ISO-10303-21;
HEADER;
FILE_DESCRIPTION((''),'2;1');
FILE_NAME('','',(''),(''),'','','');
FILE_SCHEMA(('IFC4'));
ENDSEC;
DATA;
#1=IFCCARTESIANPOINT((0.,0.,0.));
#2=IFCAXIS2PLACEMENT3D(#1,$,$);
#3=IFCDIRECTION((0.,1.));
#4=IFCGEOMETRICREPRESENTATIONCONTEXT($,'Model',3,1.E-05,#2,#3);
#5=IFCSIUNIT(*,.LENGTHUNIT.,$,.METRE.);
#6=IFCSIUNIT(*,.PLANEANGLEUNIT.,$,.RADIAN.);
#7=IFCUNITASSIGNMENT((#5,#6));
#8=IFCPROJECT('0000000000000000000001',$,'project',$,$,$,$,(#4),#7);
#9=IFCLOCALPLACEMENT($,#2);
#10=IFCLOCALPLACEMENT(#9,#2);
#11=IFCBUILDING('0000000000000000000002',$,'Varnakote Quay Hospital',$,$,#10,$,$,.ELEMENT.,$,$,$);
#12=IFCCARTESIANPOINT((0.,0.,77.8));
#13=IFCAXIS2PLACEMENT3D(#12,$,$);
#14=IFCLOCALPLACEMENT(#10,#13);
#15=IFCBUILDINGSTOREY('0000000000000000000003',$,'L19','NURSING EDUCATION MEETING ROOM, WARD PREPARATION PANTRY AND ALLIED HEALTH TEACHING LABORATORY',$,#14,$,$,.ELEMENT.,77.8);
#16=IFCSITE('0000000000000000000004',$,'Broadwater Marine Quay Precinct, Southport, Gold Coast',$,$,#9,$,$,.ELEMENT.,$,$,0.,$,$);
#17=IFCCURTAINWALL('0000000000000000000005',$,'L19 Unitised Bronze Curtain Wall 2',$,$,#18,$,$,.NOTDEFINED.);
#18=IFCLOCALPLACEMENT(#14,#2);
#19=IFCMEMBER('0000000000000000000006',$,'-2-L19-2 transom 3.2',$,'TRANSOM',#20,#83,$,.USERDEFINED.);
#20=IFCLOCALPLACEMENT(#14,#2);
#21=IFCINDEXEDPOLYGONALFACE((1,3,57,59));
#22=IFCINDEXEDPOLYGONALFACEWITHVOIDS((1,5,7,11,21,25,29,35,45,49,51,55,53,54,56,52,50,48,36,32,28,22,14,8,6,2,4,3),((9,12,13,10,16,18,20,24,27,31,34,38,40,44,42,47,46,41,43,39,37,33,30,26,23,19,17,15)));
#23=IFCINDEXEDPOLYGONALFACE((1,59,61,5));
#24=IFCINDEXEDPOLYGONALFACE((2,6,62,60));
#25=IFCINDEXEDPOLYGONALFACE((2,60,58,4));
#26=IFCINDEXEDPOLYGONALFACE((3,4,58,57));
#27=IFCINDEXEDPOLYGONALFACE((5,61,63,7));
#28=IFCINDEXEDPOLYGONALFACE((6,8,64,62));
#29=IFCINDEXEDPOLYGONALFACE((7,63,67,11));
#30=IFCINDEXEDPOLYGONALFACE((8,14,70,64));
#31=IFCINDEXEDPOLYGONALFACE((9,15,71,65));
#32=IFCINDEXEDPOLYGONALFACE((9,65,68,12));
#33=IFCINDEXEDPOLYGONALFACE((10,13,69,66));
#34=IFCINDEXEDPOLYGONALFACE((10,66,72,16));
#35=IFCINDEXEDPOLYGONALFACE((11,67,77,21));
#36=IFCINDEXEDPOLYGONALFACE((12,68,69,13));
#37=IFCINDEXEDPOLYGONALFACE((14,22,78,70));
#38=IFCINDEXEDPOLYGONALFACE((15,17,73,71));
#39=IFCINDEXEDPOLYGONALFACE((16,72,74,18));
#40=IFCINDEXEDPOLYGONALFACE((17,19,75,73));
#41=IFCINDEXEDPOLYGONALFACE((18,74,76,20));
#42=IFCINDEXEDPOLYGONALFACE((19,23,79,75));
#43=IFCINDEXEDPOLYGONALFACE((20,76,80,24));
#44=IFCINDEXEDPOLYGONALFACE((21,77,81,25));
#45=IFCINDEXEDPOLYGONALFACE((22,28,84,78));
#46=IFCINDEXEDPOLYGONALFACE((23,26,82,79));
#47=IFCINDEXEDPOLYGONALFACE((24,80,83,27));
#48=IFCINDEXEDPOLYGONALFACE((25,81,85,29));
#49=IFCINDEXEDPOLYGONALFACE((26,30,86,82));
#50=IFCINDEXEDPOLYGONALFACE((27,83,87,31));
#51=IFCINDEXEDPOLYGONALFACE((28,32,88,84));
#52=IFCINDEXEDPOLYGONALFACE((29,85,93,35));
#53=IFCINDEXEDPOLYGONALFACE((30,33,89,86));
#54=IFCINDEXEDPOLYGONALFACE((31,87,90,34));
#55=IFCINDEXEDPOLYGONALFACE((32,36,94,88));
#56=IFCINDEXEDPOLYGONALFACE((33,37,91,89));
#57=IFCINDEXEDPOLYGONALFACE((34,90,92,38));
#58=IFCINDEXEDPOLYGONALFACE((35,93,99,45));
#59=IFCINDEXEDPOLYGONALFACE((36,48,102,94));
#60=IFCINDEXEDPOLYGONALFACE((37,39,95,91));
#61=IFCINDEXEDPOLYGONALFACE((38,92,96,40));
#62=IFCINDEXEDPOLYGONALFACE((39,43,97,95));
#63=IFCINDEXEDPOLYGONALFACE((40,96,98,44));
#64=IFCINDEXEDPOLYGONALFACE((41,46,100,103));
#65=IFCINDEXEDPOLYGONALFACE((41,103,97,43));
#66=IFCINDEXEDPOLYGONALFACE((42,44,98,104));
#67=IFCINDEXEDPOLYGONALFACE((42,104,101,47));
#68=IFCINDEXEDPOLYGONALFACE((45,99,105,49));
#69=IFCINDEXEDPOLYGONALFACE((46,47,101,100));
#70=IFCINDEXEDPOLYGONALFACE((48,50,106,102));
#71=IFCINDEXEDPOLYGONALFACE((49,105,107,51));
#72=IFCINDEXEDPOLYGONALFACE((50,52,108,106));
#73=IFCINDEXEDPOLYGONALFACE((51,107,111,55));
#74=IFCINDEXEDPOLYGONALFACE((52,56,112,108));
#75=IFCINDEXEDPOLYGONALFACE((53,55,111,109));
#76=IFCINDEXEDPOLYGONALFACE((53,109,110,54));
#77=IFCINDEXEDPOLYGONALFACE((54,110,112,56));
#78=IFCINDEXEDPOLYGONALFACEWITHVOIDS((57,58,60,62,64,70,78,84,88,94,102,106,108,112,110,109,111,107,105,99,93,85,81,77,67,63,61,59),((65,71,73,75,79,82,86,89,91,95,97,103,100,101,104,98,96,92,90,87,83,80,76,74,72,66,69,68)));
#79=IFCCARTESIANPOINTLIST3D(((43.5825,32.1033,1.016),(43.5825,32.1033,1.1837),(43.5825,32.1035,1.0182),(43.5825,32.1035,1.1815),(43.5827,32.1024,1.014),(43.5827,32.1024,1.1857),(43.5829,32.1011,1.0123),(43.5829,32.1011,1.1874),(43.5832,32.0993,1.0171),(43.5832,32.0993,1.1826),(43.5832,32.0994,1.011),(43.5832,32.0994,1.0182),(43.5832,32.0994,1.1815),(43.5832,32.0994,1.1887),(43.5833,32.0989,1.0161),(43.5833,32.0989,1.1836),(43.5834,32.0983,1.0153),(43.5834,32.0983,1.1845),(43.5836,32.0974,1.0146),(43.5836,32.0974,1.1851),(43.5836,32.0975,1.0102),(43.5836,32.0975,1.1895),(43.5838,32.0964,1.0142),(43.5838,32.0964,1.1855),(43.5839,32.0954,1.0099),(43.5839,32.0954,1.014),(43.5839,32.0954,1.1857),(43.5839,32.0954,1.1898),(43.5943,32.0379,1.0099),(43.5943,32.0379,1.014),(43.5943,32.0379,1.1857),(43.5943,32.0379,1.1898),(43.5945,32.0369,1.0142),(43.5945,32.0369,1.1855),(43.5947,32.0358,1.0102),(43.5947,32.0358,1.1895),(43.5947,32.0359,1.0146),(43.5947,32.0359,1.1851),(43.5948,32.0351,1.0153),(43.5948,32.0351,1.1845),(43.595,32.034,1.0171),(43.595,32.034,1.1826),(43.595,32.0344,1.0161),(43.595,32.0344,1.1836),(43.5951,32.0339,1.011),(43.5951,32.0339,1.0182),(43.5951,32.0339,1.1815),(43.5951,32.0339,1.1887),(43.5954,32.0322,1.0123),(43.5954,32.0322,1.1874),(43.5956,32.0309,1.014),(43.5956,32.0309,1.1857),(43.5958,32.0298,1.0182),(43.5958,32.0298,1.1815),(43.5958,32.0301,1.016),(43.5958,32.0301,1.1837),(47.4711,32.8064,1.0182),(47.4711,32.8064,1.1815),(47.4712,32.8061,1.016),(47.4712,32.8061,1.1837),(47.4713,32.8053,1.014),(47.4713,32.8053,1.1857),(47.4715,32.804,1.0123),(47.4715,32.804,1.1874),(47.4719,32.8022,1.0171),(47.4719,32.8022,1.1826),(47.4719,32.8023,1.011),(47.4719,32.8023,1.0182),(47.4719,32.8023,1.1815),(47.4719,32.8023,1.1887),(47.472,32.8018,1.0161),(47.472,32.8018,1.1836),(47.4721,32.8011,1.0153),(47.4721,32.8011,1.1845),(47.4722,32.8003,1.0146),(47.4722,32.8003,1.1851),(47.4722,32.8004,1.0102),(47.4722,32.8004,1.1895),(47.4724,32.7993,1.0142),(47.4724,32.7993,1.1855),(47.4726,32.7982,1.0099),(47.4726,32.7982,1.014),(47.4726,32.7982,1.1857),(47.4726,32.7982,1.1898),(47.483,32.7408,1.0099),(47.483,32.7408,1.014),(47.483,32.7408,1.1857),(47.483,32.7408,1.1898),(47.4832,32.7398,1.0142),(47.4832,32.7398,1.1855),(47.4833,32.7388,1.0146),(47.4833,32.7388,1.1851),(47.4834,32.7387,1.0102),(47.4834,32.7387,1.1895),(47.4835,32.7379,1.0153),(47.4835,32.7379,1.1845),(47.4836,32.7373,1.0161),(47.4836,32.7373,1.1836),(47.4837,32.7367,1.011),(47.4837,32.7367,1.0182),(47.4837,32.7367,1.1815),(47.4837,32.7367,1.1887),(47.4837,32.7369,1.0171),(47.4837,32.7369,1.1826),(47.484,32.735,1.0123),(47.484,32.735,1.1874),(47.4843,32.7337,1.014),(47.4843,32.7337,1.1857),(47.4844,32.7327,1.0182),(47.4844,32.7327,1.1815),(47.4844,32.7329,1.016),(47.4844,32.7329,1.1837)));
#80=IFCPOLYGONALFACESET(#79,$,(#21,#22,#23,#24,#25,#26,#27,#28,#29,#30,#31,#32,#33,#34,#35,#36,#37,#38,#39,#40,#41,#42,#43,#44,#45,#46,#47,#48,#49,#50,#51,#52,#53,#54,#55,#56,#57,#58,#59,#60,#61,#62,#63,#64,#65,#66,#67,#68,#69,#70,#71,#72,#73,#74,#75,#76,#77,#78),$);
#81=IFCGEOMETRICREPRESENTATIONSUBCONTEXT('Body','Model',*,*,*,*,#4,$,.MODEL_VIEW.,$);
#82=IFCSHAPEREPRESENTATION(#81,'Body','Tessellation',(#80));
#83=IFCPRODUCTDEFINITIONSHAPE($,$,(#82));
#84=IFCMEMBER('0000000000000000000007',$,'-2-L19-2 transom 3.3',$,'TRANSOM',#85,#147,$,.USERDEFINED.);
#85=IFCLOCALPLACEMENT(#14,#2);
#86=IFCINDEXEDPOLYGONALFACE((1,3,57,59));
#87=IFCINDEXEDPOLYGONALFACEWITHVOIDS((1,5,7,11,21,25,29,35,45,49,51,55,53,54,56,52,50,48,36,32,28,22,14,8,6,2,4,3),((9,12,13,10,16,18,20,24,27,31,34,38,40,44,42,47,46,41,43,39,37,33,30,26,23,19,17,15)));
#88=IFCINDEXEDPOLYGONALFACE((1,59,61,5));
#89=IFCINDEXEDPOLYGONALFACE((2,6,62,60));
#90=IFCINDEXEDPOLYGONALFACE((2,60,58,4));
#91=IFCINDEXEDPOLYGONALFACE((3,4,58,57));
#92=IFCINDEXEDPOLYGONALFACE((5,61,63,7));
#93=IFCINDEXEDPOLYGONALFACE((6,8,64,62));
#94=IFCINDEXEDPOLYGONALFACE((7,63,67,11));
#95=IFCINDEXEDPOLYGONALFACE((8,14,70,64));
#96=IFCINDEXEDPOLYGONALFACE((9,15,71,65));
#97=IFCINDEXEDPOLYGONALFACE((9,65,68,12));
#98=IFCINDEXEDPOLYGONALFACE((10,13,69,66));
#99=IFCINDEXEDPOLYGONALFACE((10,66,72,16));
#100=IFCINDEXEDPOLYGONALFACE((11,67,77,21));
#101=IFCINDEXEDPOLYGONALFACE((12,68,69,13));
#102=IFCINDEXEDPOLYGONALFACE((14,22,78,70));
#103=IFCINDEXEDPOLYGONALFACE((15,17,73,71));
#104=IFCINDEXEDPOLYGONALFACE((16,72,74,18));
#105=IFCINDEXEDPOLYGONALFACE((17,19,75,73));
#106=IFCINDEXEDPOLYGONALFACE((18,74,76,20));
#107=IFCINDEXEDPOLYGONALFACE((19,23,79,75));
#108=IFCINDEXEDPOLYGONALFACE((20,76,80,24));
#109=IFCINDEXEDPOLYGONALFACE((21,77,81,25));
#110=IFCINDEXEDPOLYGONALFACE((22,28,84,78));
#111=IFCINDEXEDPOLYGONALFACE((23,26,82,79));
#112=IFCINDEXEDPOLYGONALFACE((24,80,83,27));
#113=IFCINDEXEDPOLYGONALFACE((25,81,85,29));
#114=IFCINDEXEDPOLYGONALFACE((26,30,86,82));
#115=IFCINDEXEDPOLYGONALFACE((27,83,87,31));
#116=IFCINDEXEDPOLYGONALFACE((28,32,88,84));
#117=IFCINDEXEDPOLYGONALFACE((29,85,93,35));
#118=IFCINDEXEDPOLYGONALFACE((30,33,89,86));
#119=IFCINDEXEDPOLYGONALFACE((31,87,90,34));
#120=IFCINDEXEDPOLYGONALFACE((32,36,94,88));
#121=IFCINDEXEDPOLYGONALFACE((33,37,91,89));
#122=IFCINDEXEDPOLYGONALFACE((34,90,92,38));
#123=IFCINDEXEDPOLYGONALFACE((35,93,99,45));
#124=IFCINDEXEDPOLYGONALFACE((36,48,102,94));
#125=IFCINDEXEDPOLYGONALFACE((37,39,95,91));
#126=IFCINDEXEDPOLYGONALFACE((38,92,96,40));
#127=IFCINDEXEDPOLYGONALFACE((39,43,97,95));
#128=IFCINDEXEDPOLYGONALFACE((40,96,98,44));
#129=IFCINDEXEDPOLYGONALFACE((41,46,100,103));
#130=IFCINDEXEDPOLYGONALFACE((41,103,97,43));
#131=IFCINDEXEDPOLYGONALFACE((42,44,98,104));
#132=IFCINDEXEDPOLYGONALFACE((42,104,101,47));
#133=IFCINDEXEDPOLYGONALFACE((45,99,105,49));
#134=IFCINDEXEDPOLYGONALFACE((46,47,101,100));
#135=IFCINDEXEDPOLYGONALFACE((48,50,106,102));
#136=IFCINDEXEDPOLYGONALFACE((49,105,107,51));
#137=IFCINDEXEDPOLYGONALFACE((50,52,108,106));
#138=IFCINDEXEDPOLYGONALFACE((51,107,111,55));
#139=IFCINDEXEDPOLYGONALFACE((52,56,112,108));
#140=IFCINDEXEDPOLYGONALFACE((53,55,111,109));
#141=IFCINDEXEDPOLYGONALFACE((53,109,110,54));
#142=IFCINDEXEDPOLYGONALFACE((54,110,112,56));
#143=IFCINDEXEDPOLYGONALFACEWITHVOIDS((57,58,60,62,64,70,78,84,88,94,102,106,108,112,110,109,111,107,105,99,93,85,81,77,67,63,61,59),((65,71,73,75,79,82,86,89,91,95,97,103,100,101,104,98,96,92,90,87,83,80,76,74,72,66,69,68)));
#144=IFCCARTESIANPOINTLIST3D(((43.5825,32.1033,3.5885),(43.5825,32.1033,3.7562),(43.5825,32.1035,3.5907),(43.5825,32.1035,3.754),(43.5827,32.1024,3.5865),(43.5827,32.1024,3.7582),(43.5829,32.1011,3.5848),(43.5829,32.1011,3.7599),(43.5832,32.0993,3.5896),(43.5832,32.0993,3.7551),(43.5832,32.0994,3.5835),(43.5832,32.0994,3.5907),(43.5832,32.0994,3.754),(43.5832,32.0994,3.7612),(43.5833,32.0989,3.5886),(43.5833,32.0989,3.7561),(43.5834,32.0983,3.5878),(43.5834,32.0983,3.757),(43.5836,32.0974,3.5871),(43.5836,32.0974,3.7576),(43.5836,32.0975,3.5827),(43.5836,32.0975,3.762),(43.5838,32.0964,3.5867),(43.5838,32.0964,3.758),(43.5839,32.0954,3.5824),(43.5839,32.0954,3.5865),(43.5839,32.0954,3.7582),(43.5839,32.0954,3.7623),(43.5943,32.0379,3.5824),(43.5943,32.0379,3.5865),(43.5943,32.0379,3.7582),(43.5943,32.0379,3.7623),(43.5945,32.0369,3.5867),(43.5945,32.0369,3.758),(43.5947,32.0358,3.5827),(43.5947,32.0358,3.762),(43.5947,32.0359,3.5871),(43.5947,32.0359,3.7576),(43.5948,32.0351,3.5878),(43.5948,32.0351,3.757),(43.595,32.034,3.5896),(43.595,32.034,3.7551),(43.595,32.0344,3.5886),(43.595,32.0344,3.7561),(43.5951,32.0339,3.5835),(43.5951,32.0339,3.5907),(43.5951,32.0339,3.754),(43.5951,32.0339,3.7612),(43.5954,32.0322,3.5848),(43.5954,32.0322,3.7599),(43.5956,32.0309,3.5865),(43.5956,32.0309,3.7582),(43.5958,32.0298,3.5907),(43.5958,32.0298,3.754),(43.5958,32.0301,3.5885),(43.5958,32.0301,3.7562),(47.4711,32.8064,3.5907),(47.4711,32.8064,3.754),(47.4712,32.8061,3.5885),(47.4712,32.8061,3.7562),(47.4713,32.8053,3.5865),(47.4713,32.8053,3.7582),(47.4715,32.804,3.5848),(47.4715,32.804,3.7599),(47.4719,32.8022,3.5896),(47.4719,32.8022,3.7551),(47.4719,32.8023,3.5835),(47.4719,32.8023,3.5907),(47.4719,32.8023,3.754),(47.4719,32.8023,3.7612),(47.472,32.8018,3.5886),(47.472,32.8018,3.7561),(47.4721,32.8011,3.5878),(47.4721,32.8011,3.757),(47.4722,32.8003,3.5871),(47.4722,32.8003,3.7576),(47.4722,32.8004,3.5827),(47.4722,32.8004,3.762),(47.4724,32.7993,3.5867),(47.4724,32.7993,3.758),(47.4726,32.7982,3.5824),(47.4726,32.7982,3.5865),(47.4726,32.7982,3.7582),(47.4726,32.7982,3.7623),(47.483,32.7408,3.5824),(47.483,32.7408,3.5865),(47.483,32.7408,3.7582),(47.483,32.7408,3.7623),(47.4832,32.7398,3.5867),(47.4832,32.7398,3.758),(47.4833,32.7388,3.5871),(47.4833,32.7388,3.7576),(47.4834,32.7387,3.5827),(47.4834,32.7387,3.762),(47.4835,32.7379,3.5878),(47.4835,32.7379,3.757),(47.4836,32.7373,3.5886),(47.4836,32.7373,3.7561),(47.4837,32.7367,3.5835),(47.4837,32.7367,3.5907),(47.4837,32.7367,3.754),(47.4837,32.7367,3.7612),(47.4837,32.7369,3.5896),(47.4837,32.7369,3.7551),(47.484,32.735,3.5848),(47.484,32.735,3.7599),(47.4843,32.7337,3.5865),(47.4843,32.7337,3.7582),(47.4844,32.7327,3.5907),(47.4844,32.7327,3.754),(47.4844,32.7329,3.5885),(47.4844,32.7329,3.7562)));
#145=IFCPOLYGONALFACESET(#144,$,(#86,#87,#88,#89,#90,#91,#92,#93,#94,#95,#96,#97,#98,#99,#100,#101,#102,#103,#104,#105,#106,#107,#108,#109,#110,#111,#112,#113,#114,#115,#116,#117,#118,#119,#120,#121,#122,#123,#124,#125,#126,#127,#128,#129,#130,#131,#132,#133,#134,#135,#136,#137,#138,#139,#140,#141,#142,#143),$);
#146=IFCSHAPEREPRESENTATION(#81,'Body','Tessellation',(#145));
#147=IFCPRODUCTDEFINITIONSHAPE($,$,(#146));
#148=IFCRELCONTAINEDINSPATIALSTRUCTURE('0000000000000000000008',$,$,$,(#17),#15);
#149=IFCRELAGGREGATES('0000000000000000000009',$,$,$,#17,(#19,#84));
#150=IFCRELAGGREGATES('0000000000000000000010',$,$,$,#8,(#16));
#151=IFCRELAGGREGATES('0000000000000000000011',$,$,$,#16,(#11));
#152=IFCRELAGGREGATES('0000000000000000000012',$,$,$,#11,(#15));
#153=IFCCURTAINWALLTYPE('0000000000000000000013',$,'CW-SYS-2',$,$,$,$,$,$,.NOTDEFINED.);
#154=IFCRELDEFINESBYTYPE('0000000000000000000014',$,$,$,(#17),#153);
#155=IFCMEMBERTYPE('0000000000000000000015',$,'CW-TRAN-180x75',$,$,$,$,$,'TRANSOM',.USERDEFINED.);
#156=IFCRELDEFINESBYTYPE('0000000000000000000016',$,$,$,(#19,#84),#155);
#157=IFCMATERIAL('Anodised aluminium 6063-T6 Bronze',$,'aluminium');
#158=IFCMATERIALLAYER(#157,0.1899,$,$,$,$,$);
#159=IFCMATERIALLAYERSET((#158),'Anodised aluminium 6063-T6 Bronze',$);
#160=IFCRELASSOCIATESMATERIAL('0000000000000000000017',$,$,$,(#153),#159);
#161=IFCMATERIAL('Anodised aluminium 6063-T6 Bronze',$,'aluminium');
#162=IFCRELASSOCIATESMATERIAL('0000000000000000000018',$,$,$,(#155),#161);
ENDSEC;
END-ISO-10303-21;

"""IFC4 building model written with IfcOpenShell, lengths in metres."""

from ifc_helpers import new_model, si_unit, direction, frame, origin, origin_2d, place, context, subcontext, project, spatial, hollow_rectangle, extrude, material, layer, layer_set, material_profile, profile_set, type_object, element, aggregate, save


model = new_model("IFC4")

# Units and contexts
model_context = context("Model", 3, precision=1e-05, world=origin(), true_north=direction((0.0, 1.0)))
body_context = subcontext(model_context, "Body", "Model", "MODEL_VIEW")
ifc_project = project(units=[si_unit("LENGTHUNIT", "METRE"), si_unit("PLANEANGLEUNIT", "RADIAN")], contexts=[model_context])

# Site, building, storey
site_placement = place(None, origin())
site = spatial("IfcSite", under=ifc_project, at=site_placement, Name="Broadwater Marine Quay Precinct, Southport, Gold Coast", CompositionType="ELEMENT", RefElevation=0.0)
building_placement = place(site_placement, origin())
building = spatial("IfcBuilding", under=site, at=building_placement, Name="Varnakote Quay Hospital", CompositionType="ELEMENT")
storey_placement = place(building_placement, frame((0.0, 0.0, 77.8)))
storey = spatial("IfcBuildingStorey", under=building, at=storey_placement, Name="L19", Description="NURSING EDUCATION MEETING ROOM, WARD PREPARATION PANTRY AND ALLIED HEALTH TEACHING LABORATORY", CompositionType="ELEMENT", Elevation=77.8)

# Curtain wall, members
ifc_material_1 = material(Name="Anodised aluminium 6063-T6 Bronze", Category="aluminium")
ifc_layer_1 = layer(ifc_material_1, 0.1899)
ifc_layer_set_1 = layer_set([ifc_layer_1], Name="Anodised aluminium 6063-T6 Bronze")
curtain_wall_type = type_object("IfcCurtainWallType", Name="CW-SYS-2", PredefinedType="NOTDEFINED", material=ifc_layer_set_1)
curtain_wall_placement = place(storey_placement, origin())
curtain_wall = element("IfcCurtainWall", 1, at=curtain_wall_placement, inside=storey, type_object=curtain_wall_type, Name="L19 Unitised Bronze Curtain Wall 2", PredefinedType="NOTDEFINED")
ifc_material_2 = material(Name="Anodised aluminium 6063-T6 Bronze", Category="aluminium")
ifc_material_profile_1 = material_profile(ifc_material_2, hollow_rectangle(XDim=0.075, YDim=0.1799, WallThickness=0.0042, InnerFilletRadius=0.0042, OuterFilletRadius=0.0083, at=origin_2d()), Name="CW-TRAN-180x75")
ifc_profile_set_1 = profile_set([ifc_material_profile_1], Name="Anodised aluminium 6063-T6 Bronze")
member_type_1 = type_object("IfcMemberType", Name="CW-TRAN-180x75", ElementType="TRANSOM", PredefinedType="USERDEFINED", material=ifc_profile_set_1)
member_1_placement = place(storey_placement, frame((47.4778, 32.7695, 1.0999), z_axis=(-0.984054, -0.177869, 0.0), x_axis=(0.177869, -0.984054, 0.0)))
member_1 = element("IfcMember", 2, at=member_1_placement, type_object=member_type_1, Name="-2-L19-2 transom 3.2", ObjectType="TRANSOM", PredefinedType="USERDEFINED", context=body_context, shape_type="SweptSolid", body=[
    extrude(hollow_rectangle(XDim=0.075, YDim=0.1799, WallThickness=0.0042, InnerFilletRadius=0.0042, OuterFilletRadius=0.0083, at=origin_2d()), origin(), (0.0, 0.0, 1.0), 3.9517),
])
member_2_placement = place(storey_placement, frame((47.4778, 32.7695, 3.6724), z_axis=(-0.984054, -0.177869, 0.0), x_axis=(0.177869, -0.984054, 0.0)))
member_2 = element("IfcMember", 3, at=member_2_placement, type_object=member_type_1, Name="-2-L19-2 transom 3.3", ObjectType="TRANSOM", PredefinedType="USERDEFINED", context=body_context, shape_type="SweptSolid", body=[
    extrude(hollow_rectangle(XDim=0.075, YDim=0.1799, WallThickness=0.0042, InnerFilletRadius=0.0042, OuterFilletRadius=0.0083, at=origin_2d()), origin(), (0.0, 0.0, 1.0), 3.9517),
])

aggregate(curtain_wall, [member_1, member_2])

save(model, "model.ifc")
